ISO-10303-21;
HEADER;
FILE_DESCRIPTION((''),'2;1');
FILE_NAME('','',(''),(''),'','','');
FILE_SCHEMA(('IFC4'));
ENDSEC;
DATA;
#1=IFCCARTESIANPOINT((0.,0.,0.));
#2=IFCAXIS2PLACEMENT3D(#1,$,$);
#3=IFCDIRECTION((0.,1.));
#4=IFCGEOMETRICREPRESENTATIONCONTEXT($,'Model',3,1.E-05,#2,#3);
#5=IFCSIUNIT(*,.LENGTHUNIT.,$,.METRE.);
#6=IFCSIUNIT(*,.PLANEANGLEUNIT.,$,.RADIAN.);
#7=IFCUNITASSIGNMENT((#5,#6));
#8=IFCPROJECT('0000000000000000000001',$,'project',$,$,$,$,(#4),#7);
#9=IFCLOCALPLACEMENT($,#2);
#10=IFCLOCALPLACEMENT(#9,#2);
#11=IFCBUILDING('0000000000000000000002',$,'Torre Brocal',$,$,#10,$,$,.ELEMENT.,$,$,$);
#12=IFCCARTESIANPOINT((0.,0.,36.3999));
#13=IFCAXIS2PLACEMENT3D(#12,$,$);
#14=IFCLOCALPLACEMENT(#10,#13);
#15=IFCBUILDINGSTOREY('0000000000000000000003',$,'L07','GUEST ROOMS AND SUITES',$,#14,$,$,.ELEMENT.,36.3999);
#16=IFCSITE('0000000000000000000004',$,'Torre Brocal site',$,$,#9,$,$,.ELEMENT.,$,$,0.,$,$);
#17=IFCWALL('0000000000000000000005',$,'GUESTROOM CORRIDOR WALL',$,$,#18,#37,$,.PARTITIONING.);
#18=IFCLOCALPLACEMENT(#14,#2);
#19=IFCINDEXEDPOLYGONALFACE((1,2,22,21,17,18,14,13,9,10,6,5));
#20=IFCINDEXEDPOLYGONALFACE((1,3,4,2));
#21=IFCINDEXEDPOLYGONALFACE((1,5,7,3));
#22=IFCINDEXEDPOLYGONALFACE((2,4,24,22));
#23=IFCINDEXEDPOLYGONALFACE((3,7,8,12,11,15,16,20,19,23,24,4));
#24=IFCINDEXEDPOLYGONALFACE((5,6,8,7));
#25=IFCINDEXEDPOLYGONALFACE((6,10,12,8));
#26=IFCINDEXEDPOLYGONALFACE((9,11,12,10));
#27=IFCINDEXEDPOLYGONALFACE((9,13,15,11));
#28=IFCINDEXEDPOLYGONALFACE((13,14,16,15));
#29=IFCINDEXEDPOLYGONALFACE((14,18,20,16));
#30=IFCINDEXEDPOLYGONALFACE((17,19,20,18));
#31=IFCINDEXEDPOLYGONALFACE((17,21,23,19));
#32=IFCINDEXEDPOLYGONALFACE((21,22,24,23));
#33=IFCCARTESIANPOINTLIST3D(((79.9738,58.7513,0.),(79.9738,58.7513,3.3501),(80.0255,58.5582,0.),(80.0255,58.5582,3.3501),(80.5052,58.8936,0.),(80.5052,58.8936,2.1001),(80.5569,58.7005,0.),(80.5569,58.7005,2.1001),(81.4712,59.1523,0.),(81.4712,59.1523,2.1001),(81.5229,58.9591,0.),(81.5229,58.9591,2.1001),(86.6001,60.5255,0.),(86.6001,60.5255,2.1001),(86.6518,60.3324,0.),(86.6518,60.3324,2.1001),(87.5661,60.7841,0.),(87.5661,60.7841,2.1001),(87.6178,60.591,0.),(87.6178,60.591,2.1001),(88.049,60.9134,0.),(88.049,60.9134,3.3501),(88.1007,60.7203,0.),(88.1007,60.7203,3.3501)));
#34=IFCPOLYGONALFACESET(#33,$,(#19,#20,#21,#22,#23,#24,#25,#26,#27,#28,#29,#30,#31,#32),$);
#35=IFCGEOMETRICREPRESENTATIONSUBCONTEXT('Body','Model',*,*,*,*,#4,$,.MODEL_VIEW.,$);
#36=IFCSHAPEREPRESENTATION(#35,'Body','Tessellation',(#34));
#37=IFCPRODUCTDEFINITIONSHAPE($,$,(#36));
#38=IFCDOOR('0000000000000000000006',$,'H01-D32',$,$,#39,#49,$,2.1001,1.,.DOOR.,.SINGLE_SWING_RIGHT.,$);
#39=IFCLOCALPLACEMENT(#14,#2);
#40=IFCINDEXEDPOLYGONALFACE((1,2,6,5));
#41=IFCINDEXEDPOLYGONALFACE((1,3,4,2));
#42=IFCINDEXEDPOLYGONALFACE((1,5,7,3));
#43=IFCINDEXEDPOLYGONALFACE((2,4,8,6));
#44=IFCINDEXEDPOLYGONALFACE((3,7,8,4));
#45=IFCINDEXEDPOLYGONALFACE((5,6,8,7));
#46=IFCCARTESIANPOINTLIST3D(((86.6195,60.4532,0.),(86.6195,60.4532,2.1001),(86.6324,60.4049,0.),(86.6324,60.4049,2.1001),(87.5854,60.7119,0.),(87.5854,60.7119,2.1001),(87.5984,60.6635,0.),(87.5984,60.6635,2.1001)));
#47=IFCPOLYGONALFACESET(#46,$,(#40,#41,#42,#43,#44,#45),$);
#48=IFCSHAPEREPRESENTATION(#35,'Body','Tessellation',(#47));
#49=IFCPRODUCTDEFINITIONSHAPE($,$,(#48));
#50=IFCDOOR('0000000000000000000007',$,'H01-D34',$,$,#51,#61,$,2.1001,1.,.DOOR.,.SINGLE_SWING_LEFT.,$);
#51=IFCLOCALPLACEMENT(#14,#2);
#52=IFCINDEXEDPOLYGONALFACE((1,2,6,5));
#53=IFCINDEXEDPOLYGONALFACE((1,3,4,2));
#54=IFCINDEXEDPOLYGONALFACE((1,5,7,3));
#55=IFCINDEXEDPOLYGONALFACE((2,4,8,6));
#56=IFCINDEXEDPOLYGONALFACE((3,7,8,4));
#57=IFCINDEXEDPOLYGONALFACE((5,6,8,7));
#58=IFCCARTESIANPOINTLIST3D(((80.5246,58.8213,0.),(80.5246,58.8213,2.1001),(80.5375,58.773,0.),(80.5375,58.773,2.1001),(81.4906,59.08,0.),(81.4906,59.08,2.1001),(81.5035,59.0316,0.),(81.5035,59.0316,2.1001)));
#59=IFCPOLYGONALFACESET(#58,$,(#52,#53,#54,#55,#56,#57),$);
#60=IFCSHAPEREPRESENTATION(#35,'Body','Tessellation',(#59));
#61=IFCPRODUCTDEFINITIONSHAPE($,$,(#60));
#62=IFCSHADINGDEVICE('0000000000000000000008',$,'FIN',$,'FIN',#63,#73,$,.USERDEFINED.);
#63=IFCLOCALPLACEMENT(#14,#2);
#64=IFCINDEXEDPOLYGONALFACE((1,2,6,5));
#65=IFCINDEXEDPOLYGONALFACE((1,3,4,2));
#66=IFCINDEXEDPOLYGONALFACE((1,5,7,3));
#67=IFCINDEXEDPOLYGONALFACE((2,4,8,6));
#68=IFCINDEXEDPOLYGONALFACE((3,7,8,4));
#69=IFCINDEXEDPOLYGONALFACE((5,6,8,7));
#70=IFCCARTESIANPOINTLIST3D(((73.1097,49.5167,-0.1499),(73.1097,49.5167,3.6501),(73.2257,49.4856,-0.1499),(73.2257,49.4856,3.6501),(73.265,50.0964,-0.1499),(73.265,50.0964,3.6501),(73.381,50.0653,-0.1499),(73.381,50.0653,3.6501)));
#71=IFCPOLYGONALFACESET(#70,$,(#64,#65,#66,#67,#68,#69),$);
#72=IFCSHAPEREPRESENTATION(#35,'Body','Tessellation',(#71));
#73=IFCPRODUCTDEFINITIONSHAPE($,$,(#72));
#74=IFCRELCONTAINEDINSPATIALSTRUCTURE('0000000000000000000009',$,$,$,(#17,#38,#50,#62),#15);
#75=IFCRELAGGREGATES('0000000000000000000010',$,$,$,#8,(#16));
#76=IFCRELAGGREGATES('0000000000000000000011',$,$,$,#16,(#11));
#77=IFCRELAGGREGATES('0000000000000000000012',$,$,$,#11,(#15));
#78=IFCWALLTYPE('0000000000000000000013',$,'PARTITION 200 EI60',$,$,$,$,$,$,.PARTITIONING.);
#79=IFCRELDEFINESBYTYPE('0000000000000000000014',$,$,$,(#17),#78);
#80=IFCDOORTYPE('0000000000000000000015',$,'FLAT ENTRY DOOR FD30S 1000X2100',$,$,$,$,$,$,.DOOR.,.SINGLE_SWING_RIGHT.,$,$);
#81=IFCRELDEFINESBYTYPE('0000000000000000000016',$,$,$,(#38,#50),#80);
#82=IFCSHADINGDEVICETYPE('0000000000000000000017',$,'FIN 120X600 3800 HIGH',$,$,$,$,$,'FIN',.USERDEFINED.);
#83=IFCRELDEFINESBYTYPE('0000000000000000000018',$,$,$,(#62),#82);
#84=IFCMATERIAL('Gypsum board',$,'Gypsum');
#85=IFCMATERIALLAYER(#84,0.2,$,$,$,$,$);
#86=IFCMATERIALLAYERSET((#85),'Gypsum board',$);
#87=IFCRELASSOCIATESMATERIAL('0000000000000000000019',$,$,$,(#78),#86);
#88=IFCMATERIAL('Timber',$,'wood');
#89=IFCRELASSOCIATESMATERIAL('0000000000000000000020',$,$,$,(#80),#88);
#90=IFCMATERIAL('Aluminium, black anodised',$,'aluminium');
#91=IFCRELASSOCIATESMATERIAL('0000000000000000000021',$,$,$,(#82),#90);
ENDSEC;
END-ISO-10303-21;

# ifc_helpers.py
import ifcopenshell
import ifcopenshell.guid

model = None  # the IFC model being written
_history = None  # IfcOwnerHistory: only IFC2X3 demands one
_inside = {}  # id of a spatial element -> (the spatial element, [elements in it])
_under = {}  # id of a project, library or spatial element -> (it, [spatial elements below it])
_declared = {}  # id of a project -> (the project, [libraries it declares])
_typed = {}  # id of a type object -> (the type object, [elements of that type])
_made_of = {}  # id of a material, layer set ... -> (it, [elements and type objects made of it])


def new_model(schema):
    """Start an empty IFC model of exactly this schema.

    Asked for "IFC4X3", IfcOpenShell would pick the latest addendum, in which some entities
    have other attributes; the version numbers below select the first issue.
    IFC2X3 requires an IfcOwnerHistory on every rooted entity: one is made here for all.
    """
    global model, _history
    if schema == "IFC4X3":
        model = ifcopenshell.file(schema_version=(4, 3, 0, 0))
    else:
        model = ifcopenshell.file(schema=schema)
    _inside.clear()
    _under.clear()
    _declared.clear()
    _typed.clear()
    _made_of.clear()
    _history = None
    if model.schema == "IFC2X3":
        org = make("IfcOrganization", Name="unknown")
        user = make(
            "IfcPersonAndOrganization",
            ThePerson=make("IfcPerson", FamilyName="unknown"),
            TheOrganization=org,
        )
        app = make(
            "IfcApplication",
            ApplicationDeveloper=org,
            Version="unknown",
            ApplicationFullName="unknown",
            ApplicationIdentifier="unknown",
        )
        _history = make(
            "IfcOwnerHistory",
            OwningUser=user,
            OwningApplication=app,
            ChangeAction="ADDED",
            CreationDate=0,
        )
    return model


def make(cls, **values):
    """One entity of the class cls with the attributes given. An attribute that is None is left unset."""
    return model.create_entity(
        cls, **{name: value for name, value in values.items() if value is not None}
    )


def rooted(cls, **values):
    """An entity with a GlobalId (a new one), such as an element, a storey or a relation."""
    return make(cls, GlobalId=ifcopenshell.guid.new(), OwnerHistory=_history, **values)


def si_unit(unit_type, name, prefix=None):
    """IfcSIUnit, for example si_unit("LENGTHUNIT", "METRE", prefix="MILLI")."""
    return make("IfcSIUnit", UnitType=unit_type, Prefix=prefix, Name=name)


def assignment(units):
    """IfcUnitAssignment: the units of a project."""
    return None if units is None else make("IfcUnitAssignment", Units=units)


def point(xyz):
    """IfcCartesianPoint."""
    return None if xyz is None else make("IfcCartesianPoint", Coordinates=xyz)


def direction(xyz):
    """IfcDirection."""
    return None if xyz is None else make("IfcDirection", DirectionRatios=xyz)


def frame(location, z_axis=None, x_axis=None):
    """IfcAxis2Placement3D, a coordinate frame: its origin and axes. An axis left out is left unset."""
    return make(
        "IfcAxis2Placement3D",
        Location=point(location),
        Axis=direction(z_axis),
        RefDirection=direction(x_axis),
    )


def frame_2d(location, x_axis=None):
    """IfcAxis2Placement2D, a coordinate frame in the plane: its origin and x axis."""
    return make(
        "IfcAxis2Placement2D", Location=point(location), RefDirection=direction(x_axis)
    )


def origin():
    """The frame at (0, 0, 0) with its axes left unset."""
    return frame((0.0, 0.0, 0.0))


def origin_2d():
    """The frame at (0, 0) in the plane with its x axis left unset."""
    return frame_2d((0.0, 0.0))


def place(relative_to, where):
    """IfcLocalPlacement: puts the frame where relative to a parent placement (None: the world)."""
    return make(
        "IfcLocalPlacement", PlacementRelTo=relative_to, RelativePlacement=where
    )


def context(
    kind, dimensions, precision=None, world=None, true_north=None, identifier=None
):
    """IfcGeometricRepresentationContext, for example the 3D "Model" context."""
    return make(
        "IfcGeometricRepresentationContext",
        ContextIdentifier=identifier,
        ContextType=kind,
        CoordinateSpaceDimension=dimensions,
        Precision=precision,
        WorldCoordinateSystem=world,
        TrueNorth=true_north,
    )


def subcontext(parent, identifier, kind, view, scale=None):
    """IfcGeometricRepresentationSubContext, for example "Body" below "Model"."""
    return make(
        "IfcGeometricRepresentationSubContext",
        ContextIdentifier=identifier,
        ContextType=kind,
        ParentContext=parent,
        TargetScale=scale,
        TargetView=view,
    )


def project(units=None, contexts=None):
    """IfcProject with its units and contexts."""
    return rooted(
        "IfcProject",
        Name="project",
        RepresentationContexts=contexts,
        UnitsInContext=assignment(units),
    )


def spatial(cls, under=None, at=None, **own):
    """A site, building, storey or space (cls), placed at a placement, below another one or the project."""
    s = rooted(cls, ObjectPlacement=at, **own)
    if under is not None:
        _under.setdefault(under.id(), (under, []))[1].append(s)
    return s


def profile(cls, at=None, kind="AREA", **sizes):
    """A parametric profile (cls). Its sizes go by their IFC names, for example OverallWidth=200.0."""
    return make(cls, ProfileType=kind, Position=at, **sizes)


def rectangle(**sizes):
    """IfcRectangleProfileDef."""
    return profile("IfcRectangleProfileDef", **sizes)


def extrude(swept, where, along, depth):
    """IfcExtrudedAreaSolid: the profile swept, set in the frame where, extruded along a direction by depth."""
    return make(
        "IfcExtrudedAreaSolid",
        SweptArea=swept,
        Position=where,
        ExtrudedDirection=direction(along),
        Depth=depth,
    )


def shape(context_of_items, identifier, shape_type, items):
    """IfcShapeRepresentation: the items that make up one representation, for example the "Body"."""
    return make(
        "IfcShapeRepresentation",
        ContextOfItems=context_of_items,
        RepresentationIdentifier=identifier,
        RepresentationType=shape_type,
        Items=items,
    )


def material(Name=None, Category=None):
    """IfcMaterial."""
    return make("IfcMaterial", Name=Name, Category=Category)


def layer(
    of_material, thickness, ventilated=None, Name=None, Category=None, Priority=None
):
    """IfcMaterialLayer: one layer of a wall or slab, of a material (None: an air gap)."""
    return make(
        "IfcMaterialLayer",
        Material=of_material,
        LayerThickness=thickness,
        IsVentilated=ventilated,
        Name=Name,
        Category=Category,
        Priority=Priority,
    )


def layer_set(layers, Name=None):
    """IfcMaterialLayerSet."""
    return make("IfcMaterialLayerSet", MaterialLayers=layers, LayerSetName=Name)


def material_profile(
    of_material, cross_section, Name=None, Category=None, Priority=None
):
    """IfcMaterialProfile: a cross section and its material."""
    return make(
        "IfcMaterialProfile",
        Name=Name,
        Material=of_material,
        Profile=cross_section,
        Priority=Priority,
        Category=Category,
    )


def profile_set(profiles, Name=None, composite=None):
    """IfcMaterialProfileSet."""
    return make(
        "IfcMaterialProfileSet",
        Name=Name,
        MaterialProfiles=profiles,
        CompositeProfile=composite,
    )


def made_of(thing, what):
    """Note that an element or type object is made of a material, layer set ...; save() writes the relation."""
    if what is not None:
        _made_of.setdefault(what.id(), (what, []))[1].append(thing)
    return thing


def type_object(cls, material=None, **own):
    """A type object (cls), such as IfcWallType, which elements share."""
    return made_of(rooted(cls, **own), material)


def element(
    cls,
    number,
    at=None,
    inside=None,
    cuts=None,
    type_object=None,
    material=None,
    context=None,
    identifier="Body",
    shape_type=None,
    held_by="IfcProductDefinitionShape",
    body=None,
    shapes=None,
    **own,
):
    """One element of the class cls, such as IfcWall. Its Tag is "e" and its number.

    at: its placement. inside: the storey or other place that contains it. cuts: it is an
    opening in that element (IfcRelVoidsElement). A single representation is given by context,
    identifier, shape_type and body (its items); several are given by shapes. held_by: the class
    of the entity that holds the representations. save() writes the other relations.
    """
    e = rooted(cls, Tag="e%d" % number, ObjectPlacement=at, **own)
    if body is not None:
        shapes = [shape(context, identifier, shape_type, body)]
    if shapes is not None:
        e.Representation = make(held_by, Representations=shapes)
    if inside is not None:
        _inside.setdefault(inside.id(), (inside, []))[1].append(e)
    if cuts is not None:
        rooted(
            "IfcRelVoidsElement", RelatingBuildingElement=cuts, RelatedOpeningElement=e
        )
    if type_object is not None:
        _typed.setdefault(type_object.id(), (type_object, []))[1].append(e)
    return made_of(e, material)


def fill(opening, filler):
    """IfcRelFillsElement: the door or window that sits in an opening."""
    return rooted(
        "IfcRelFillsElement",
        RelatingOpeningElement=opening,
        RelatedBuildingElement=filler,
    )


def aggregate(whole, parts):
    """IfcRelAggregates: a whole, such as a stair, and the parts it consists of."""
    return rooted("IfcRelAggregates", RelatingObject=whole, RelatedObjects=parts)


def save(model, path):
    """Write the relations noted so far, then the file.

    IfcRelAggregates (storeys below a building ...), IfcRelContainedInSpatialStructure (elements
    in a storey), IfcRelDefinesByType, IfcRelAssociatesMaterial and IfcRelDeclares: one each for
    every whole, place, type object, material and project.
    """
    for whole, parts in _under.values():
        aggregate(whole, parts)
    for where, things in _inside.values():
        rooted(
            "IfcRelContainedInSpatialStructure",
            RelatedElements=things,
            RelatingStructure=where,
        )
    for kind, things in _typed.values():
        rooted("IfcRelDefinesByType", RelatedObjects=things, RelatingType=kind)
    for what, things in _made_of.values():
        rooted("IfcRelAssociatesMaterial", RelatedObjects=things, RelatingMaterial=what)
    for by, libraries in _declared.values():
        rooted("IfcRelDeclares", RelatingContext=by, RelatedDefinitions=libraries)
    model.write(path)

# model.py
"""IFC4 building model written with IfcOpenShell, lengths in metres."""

from ifc_helpers import new_model, si_unit, direction, frame, frame_2d, origin, origin_2d, place, context, subcontext, project, spatial, rectangle, extrude, material, layer, layer_set, material_profile, profile_set, type_object, element, fill, save


model = new_model("IFC4")

# Units and contexts
model_context = context("Model", 3, precision=1e-05, world=origin(), true_north=direction((0.0, 1.0)))
body_context = subcontext(model_context, "Body", "Model", "MODEL_VIEW")
ifc_project = project(units=[si_unit("LENGTHUNIT", "METRE"), si_unit("PLANEANGLEUNIT", "RADIAN")], contexts=[model_context])

# Site, building, storey
site_placement = place(None, origin())
site = spatial("IfcSite", under=ifc_project, at=site_placement, Name="Torre Brocal site", CompositionType="ELEMENT", RefElevation=0.0)
building_placement = place(site_placement, origin())
building = spatial("IfcBuilding", under=site, at=building_placement, Name="Torre Brocal", CompositionType="ELEMENT")
storey_placement = place(building_placement, frame((0.0, 0.0, 36.3999)))
storey = spatial("IfcBuildingStorey", under=building, at=storey_placement, Name="L07", Description="GUEST ROOMS AND SUITES", CompositionType="ELEMENT", Elevation=36.3999)

# Shared definitions
ifc_material_1 = material(Name="Gypsum board", Category="Gypsum")
ifc_layer_1 = layer(ifc_material_1, 0.2)
ifc_layer_set_1 = layer_set([ifc_layer_1], Name="Gypsum board")
wall_type_1 = type_object("IfcWallType", Name="PARTITION 200 EI60", PredefinedType="PARTITIONING", material=ifc_layer_set_1)

# Wall, openings, doors
wall_1_placement = place(storey_placement, frame((79.9998, 58.6548, 0.0), z_axis=(0.0, 0.0, 1.0), x_axis=(0.965975, 0.258637, 0.0)))
wall_1 = element("IfcWall", 1, at=wall_1_placement, inside=storey, type_object=wall_type_1, Name="GUESTROOM CORRIDOR WALL", PredefinedType="PARTITIONING", context=body_context, shape_type="SweptSolid", body=[
    extrude(rectangle(XDim=8.3596, YDim=0.2, at=frame_2d((4.1797, 0.0))), origin(), (0.0, 0.0, 1.0), 3.3501),
])
opening_1_placement = place(wall_1_placement, frame((6.8596, 0.0, 0.0)))
opening_1 = element("IfcOpeningElement", 2, at=opening_1_placement, cuts=wall_1, PredefinedType="OPENING", context=body_context, shape_type="SweptSolid", body=[
    extrude(rectangle(XDim=1.0, YDim=2.1001, at=frame_2d((0.5, 1.05))), frame((0.0, 0.1099, 0.0), z_axis=(0.0, -1.0, 0.0), x_axis=(1.0, 0.0, 0.0)), (0.0, 0.0, 1.0), 0.22),
])
opening_2_placement = place(wall_1_placement, frame((0.55, 0.0, 0.0)))
opening_2 = element("IfcOpeningElement", 3, at=opening_2_placement, cuts=wall_1, PredefinedType="OPENING", context=body_context, shape_type="SweptSolid", body=[
    extrude(rectangle(XDim=1.0, YDim=2.1001, at=frame_2d((0.5, 1.05))), frame((0.0, 0.1099, 0.0), z_axis=(0.0, -1.0, 0.0), x_axis=(1.0, 0.0, 0.0)), (0.0, 0.0, 1.0), 0.22),
])
ifc_material_2 = material(Name="Timber", Category="wood")
door_type_1 = type_object("IfcDoorType", Name="FLAT ENTRY DOOR FD30S 1000X2100", OperationType="SINGLE_SWING_RIGHT", PredefinedType="DOOR", material=ifc_material_2)
door_1_placement = place(opening_1_placement, frame((1.0, 0.0, 0.0), z_axis=(0.0, 0.0, 1.0), x_axis=(-1.0, 0.0, 0.0)))
door_1 = element("IfcDoor", 4, at=door_1_placement, inside=storey, type_object=door_type_1, Name="H01-D32", OperationType="SINGLE_SWING_RIGHT", OverallHeight=2.1001, OverallWidth=1.0, PredefinedType="DOOR", context=body_context, shape_type="SweptSolid", body=[
    extrude(rectangle(XDim=1.0, YDim=2.1001, at=frame_2d((0.5, 1.05))), frame((0.0, 0.0249, 0.0), z_axis=(0.0, -1.0, 0.0), x_axis=(1.0, 0.0, 0.0)), (0.0, 0.0, 1.0), 0.05),
])
fill(opening_1, door_1)
door_2_placement = place(opening_2_placement, frame((1.0, 0.0, 0.0), z_axis=(0.0, 0.0, 1.0), x_axis=(-1.0, 0.0, 0.0)))
door_2 = element("IfcDoor", 5, at=door_2_placement, inside=storey, type_object=door_type_1, Name="H01-D34", OperationType="SINGLE_SWING_LEFT", OverallHeight=2.1001, OverallWidth=1.0, PredefinedType="DOOR", context=body_context, shape_type="SweptSolid", body=[
    extrude(rectangle(XDim=1.0, YDim=2.1001, at=frame_2d((0.5, 1.05))), frame((0.0, 0.0249, 0.0), z_axis=(0.0, -1.0, 0.0), x_axis=(1.0, 0.0, 0.0)), (0.0, 0.0, 1.0), 0.05),
])
fill(opening_2, door_2)

# Shading device
ifc_material_3 = material(Name="Aluminium, black anodised", Category="aluminium")
ifc_material_profile_1 = material_profile(ifc_material_3, rectangle(XDim=0.1201, YDim=0.6001, at=origin_2d()), Name="FIN 120X600 3800 HIGH")
ifc_profile_set_1 = profile_set([ifc_material_profile_1], Name="Aluminium, black anodised")
shading_device_type = type_object("IfcShadingDeviceType", Name="FIN 120X600 3800 HIGH", ElementType="FIN", PredefinedType="USERDEFINED", material=ifc_profile_set_1)
shading_device_placement = place(storey_placement, frame((73.2454, 49.791, -0.1499), z_axis=(0.0, 0.0, 1.0), x_axis=(0.965926, -0.258819, 0.0)))
element("IfcShadingDevice", 6, at=shading_device_placement, inside=storey, type_object=shading_device_type, Name="FIN", ObjectType="FIN", PredefinedType="USERDEFINED", context=body_context, shape_type="SweptSolid", body=[
    extrude(rectangle(XDim=0.1201, YDim=0.6001, at=origin_2d()), origin(), (0.0, 0.0, 1.0), 3.8),
])

save(model, "model.ifc")
